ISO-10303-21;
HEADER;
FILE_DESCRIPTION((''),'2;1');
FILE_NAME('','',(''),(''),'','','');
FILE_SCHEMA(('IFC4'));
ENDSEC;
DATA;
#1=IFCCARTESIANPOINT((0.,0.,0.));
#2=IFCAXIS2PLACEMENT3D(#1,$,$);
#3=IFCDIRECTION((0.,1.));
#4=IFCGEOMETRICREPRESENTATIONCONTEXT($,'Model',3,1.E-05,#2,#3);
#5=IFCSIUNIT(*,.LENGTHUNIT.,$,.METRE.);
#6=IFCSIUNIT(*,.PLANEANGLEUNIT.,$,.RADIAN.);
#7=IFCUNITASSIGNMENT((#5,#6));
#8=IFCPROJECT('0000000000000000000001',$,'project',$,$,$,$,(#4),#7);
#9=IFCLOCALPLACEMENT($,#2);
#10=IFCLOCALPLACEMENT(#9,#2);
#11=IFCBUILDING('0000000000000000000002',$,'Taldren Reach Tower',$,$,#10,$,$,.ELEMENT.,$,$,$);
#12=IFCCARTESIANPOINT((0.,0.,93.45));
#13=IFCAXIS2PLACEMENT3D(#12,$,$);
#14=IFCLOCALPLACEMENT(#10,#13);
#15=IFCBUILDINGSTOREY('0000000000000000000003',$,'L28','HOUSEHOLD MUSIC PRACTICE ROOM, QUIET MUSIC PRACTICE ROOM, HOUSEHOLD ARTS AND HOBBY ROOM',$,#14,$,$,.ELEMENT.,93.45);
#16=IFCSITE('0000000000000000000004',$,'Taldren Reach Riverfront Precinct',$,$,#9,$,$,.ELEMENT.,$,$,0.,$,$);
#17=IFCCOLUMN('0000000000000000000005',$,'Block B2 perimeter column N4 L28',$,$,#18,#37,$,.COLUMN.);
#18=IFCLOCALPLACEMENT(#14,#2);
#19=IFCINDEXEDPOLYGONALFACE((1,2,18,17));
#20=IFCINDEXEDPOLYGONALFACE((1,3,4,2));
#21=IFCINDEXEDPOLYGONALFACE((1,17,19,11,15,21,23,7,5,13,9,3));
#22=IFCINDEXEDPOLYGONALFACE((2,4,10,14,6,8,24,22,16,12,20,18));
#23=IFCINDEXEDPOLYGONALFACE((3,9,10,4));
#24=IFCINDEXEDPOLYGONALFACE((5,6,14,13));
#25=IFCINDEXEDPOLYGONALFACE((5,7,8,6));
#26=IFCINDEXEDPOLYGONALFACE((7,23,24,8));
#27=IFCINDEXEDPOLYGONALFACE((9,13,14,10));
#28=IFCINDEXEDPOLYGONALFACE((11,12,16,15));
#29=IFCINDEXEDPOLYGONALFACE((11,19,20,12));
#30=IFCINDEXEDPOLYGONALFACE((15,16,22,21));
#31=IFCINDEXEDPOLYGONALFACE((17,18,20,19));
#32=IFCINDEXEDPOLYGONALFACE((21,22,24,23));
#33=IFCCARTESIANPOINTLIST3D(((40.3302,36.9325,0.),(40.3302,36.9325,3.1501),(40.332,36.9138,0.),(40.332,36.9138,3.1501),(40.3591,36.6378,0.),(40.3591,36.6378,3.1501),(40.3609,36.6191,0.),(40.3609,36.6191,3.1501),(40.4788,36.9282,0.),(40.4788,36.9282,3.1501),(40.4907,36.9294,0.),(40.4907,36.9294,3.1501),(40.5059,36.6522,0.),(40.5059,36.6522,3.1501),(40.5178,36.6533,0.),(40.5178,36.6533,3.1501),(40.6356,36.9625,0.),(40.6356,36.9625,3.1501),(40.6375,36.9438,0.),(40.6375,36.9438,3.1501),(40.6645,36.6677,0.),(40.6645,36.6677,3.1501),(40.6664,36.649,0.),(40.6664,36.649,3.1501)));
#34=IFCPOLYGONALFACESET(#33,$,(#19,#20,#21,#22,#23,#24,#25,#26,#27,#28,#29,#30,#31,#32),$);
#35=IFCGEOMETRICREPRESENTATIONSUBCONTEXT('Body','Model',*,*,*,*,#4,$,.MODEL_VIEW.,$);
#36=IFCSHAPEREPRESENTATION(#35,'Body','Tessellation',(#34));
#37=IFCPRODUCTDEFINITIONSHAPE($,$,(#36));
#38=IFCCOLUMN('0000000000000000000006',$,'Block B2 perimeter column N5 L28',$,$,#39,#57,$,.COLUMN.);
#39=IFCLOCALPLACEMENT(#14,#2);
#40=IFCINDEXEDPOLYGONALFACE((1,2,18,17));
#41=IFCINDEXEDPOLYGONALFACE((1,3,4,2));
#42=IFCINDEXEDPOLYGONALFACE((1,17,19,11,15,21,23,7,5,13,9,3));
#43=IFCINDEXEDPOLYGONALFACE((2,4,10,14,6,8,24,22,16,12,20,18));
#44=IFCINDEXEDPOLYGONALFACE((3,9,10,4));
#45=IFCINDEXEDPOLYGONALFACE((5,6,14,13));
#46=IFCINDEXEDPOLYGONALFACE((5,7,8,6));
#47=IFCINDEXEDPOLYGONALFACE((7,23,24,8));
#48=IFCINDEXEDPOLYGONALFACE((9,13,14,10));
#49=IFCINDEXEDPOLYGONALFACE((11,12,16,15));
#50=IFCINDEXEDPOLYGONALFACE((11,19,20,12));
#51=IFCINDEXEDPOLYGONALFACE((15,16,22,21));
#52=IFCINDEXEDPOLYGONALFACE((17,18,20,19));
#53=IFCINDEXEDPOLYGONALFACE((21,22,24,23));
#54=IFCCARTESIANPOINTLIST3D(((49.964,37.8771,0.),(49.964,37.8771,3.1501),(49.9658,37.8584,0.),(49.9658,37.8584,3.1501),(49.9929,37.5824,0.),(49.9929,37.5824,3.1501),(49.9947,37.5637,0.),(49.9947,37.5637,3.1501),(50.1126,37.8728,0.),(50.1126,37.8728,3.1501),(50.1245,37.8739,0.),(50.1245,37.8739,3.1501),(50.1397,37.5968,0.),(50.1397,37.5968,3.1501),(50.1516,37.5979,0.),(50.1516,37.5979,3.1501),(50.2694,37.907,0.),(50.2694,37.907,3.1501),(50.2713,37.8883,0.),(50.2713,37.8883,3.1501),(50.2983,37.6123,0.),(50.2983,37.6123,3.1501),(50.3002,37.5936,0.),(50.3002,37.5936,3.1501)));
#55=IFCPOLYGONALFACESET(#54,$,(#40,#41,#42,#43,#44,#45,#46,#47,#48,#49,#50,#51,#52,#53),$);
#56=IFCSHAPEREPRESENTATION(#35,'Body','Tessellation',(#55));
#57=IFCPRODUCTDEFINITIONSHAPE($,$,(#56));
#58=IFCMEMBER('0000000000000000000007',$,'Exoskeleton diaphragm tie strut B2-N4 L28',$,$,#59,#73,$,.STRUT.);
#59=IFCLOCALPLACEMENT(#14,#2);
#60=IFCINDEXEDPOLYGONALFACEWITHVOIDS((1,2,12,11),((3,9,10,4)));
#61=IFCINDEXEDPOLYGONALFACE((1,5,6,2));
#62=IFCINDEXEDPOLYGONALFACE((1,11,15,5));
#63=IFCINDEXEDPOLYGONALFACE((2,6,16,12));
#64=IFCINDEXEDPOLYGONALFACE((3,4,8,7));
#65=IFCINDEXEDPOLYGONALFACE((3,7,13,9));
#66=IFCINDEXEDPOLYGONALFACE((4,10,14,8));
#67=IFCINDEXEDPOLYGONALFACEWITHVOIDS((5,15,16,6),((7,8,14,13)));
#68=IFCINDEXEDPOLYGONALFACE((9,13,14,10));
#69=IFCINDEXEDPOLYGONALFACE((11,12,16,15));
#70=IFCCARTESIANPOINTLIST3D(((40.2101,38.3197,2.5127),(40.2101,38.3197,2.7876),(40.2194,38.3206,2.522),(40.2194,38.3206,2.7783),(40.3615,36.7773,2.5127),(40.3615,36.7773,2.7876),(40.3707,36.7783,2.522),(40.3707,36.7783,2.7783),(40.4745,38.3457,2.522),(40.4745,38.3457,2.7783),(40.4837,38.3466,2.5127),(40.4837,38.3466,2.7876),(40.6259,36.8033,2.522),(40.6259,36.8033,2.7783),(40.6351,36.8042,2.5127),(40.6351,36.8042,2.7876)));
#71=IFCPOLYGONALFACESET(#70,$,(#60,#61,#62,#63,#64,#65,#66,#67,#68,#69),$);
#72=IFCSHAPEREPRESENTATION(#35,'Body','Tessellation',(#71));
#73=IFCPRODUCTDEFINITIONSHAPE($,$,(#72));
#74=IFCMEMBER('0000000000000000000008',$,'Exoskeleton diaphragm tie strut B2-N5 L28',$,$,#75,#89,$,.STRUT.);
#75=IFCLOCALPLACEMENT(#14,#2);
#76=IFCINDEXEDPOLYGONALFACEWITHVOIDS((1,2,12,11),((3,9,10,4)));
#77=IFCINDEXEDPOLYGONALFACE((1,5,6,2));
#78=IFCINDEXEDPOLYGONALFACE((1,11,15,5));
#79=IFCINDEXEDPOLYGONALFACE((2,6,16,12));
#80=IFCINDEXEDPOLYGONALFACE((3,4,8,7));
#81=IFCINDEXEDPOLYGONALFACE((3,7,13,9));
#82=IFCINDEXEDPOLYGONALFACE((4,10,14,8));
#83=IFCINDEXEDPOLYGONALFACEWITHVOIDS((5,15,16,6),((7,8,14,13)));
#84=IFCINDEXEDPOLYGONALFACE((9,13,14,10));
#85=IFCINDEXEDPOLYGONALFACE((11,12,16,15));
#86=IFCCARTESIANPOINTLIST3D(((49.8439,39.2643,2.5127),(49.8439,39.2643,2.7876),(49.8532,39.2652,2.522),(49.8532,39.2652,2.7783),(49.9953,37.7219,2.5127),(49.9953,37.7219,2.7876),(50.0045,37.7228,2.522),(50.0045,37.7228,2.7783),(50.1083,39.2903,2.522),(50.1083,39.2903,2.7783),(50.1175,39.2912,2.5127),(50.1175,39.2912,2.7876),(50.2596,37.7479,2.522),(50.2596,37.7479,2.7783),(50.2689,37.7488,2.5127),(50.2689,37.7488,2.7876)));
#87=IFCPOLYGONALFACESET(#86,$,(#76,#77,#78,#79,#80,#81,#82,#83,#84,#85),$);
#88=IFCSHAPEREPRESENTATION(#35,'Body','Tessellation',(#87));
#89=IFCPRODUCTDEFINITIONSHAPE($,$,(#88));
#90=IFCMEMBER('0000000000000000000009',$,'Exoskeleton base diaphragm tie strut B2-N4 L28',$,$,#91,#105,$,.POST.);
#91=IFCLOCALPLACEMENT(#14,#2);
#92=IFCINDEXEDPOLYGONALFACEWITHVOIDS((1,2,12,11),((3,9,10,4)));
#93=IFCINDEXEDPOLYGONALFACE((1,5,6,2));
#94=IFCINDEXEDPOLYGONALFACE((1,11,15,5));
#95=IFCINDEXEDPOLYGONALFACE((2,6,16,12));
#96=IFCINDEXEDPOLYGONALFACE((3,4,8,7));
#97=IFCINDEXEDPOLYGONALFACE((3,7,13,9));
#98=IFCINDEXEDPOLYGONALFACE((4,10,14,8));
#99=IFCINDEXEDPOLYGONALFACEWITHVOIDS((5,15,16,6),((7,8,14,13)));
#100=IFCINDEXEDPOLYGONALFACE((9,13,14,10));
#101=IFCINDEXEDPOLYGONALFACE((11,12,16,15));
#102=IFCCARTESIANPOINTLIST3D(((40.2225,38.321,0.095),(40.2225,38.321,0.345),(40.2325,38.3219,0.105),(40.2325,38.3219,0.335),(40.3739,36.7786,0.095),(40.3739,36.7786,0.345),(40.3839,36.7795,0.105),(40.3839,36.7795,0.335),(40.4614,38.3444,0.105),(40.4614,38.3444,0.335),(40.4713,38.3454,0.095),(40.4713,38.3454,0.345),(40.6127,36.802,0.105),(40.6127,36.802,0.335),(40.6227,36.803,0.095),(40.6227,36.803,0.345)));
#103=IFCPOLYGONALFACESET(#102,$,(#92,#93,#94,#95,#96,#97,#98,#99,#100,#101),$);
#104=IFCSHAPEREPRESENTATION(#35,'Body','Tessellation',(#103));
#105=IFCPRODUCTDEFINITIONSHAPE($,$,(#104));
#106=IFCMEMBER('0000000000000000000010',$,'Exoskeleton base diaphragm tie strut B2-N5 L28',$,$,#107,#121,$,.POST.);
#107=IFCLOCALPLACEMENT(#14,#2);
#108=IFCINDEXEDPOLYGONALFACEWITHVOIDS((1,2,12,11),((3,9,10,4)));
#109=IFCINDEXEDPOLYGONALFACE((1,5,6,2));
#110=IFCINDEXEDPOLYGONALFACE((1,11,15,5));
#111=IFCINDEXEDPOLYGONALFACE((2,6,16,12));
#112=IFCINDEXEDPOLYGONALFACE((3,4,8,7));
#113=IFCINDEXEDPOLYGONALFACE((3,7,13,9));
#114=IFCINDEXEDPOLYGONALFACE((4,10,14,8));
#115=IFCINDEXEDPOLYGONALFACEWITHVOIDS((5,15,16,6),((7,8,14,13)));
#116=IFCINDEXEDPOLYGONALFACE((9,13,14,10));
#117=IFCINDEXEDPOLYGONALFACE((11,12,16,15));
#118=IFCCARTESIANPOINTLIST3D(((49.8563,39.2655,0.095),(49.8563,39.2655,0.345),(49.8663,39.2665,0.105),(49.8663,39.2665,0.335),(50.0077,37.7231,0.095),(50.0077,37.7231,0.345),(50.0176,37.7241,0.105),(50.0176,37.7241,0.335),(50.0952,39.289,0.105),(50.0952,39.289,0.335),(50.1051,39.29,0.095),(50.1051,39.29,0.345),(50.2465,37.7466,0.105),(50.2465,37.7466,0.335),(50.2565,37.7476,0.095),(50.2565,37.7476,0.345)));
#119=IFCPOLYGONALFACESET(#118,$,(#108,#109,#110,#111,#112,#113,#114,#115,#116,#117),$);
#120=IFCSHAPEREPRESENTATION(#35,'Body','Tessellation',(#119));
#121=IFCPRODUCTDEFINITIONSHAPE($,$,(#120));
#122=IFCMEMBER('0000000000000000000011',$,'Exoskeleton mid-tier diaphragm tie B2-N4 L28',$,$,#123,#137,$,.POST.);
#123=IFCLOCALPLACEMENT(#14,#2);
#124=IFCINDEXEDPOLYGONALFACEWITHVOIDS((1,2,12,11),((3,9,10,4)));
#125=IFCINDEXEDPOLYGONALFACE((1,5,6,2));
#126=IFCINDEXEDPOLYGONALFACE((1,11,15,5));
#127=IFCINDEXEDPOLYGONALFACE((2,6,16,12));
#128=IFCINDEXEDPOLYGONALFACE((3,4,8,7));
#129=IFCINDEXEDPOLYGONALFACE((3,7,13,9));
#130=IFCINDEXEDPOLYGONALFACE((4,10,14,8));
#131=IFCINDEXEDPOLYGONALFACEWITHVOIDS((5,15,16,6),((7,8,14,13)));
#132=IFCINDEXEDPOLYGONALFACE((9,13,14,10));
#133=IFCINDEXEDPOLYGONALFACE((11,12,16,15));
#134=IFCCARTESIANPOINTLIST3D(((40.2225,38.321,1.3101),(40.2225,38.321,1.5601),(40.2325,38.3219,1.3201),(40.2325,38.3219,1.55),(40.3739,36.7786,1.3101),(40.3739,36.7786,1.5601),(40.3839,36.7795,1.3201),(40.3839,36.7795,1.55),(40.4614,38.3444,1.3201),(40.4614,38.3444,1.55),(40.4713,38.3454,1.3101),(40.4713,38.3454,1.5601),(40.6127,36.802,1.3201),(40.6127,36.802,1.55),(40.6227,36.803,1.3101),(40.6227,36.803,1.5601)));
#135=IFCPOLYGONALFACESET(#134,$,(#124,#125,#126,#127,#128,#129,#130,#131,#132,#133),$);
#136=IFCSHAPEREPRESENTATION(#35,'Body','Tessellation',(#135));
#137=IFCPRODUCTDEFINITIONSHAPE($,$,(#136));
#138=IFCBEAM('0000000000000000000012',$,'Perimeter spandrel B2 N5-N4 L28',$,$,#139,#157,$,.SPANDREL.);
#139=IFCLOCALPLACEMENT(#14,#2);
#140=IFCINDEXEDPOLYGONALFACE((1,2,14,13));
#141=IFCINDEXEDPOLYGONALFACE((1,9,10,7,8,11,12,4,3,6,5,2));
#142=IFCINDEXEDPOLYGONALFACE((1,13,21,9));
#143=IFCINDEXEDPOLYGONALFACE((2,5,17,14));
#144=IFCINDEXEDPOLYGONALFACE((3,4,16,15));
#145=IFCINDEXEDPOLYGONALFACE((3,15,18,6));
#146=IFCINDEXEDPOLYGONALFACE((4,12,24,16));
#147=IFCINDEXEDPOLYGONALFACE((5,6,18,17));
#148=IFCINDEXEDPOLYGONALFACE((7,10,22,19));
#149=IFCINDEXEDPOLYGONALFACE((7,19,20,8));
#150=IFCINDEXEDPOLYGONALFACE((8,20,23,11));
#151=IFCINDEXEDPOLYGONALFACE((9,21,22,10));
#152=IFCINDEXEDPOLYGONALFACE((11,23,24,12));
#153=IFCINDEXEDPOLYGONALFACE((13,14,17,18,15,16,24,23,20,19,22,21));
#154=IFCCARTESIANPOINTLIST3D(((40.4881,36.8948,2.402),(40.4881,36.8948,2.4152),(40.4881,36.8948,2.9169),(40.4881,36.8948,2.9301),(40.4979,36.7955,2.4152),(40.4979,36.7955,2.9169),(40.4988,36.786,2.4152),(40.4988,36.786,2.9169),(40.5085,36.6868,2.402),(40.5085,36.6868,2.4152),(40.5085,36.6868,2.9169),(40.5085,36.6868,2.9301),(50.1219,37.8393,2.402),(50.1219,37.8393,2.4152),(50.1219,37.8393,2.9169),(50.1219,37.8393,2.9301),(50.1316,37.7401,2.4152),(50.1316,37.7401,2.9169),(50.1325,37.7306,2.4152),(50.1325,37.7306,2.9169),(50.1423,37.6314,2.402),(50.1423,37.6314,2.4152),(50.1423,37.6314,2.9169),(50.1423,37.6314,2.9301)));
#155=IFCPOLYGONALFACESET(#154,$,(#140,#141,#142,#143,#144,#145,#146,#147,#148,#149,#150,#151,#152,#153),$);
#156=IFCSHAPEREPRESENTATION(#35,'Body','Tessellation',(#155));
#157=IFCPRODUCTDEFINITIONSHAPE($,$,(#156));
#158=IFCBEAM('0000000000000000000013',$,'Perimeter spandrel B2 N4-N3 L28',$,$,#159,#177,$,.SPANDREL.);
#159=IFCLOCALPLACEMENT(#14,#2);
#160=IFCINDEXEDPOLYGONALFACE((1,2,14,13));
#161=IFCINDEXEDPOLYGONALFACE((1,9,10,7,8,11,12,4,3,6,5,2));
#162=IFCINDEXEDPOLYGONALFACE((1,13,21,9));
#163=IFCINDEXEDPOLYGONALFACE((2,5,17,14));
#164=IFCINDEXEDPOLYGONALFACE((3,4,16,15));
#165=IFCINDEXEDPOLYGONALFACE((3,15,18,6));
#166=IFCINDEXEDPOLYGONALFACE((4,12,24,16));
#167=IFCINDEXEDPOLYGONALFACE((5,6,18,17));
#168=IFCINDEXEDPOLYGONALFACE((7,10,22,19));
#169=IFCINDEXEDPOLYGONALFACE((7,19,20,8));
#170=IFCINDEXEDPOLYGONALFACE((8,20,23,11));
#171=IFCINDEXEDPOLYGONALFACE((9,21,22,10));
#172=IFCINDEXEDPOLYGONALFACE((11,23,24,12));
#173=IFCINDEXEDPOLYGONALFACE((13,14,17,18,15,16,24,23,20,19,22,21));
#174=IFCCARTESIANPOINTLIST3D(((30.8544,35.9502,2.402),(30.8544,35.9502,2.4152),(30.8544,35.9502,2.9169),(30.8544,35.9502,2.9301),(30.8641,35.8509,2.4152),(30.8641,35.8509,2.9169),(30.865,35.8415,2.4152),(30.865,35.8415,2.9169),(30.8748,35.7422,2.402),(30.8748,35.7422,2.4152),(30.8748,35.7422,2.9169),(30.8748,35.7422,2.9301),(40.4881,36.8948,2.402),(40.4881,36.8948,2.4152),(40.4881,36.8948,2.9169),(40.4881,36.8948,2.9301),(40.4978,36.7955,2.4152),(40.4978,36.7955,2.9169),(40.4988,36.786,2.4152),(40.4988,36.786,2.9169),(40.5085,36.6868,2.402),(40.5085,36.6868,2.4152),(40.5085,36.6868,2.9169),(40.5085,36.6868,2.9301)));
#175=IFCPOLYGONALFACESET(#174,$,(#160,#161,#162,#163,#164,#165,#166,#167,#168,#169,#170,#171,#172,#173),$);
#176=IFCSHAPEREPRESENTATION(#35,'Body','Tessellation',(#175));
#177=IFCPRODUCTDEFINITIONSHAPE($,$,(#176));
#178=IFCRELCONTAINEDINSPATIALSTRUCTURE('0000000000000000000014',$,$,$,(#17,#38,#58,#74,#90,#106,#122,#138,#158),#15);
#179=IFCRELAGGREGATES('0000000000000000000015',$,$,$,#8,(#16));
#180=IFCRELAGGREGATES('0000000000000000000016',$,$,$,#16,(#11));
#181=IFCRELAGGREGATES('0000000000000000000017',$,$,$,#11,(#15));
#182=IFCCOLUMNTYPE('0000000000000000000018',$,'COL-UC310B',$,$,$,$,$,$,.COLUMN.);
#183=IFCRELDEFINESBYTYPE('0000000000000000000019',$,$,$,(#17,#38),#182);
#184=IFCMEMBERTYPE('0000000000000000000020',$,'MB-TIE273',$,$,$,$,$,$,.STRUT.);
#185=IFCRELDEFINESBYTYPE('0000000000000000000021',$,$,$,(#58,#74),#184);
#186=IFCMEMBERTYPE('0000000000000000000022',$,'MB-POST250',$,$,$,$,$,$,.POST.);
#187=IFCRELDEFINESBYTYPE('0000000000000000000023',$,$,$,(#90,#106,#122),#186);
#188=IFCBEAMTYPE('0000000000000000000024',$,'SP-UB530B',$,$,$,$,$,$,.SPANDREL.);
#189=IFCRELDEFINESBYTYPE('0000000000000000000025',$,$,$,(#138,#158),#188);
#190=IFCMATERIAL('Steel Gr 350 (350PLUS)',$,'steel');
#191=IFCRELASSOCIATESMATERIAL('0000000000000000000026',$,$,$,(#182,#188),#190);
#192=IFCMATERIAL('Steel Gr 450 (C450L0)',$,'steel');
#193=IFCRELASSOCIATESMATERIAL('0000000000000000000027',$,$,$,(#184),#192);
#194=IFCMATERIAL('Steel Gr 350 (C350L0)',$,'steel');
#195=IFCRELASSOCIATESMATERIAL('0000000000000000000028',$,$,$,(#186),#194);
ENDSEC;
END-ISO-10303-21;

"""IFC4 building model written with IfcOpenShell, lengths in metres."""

from ifc_helpers import new_model, si_unit, direction, frame, origin, origin_2d, place, context, subcontext, project, spatial, hollow_rectangle, i_section, extrude, source, transform, mapped, material, material_profile, profile_set, type_object, element, save


model = new_model("IFC4")

# Units and contexts
model_context = context("Model", 3, precision=1e-05, world=origin(), true_north=direction((0.0, 1.0)))
body_context = subcontext(model_context, "Body", "Model", "MODEL_VIEW")
ifc_project = project(units=[si_unit("LENGTHUNIT", "METRE"), si_unit("PLANEANGLEUNIT", "RADIAN")], contexts=[model_context])

# Site, building, storey
site_placement = place(None, origin())
site = spatial("IfcSite", under=ifc_project, at=site_placement, Name="Taldren Reach Riverfront Precinct", CompositionType="ELEMENT", RefElevation=0.0)
building_placement = place(site_placement, origin())
building = spatial("IfcBuilding", under=site, at=building_placement, Name="Taldren Reach Tower", CompositionType="ELEMENT")
storey_placement = place(building_placement, frame((0.0, 0.0, 93.45)))
storey = spatial("IfcBuildingStorey", under=building, at=storey_placement, Name="L28", Description="HOUSEHOLD MUSIC PRACTICE ROOM, QUIET MUSIC PRACTICE ROOM, HOUSEHOLD ARTS AND HOBBY ROOM", CompositionType="ELEMENT", Elevation=93.45)

# Columns
ifc_material_1 = material(Name="Steel Gr 350 (350PLUS)", Category="steel")
ifc_material_profile_1 = material_profile(ifc_material_1, i_section(OverallWidth=0.3069, OverallDepth=0.3149, WebThickness=0.012, FlangeThickness=0.0188, at=origin_2d()), Name="310UC118")
ifc_profile_set_1 = profile_set([ifc_material_profile_1], Name="Steel Gr 350 (350PLUS)")
column_type = type_object("IfcColumnType", Name="COL-UC310B", PredefinedType="COLUMN", material=ifc_profile_set_1)
shared_shape_1 = source(origin(), body_context, "Body", "SweptSolid", [
    extrude(i_section(OverallWidth=0.3069, OverallDepth=0.3149, WebThickness=0.012, FlangeThickness=0.0188, at=origin_2d()), origin(), (0.0, 0.0, 1.0), 3.1501),
])
for number, where, z_axis, x_axis, name in (
    (1, (40.4983, 36.7908, 0.0), (0.0, 0.0, 1.0), (0.995227, 0.097583, 0.0), "Block B2 perimeter column N4 L28"),
    (2, (50.1321, 37.7354, 0.0), (0.0, 0.0, 1.0), (0.995227, 0.097583, 0.0), "Block B2 perimeter column N5 L28"),
):
    element("IfcColumn", number, at=place(storey_placement, frame(where, z_axis=z_axis, x_axis=x_axis)), inside=storey, type_object=column_type, Name=name, PredefinedType="COLUMN", context=body_context, shape_type="MappedRepresentation", body=[
        mapped(shared_shape_1, transform((0.0, 0.0, 0.0), scale=1.0)),
    ])

# Members
ifc_material_2 = material(Name="Steel Gr 450 (C450L0)", Category="steel")
ifc_material_profile_2 = material_profile(ifc_material_2, hollow_rectangle(XDim=0.2749, YDim=0.2749, WallThickness=0.0093, at=origin_2d()), Name="275x275x9.3SHS")
ifc_profile_set_2 = profile_set([ifc_material_profile_2], Name="Steel Gr 450 (C450L0)")
member_type_1 = type_object("IfcMemberType", Name="MB-TIE273", PredefinedType="STRUT", material=ifc_profile_set_2)
shared_shape_2 = source(origin(), body_context, "Body", "SweptSolid", [
    extrude(hollow_rectangle(XDim=0.2749, YDim=0.2749, WallThickness=0.0093, at=origin_2d()), origin(), (0.0, 0.0, 1.0), 1.5498),
])
for number, where, z_axis, x_axis, name in (
    (3, (40.4983, 36.7908, 2.6501), (-0.097663, 0.99522, 0.0), (-0.99522, -0.097663, 0.0), "Exoskeleton diaphragm tie strut B2-N4 L28"),
    (4, (50.1321, 37.7354, 2.6501), (-0.097663, 0.99522, 0.0), (-0.99522, -0.097663, 0.0), "Exoskeleton diaphragm tie strut B2-N5 L28"),
):
    element("IfcMember", number, at=place(storey_placement, frame(where, z_axis=z_axis, x_axis=x_axis)), inside=storey, type_object=member_type_1, Name=name, PredefinedType="STRUT", context=body_context, shape_type="MappedRepresentation", body=[
        mapped(shared_shape_2, transform((0.0, 0.0, 0.0), scale=1.0)),
    ])
ifc_material_3 = material(Name="Steel Gr 350 (C350L0)", Category="steel")
ifc_material_profile_3 = material_profile(ifc_material_3, hollow_rectangle(XDim=0.25, YDim=0.25, WallThickness=0.01, at=origin_2d()), Name="250x250x10.0SHS")
ifc_profile_set_3 = profile_set([ifc_material_profile_3], Name="Steel Gr 350 (C350L0)")
member_type_2 = type_object("IfcMemberType", Name="MB-POST250", PredefinedType="POST", material=ifc_profile_set_3)
shared_shape_3 = source(origin(), body_context, "Body", "SweptSolid", [
    extrude(hollow_rectangle(XDim=0.25, YDim=0.25, WallThickness=0.01, at=origin_2d()), origin(), (0.0, 0.0, 1.0), 1.5498),
])
for number, where, z_axis, x_axis, name in (
    (5, (40.4983, 36.7908, 0.22), (-0.097663, 0.99522, 0.0), (-0.99522, -0.097663, 0.0), "Exoskeleton base diaphragm tie strut B2-N4 L28"),
    (6, (50.1321, 37.7354, 0.22), (-0.097663, 0.99522, 0.0), (-0.99522, -0.097663, 0.0), "Exoskeleton base diaphragm tie strut B2-N5 L28"),
    (7, (40.4983, 36.7908, 1.4351), (-0.097663, 0.99522, 0.0), (-0.99522, -0.097663, 0.0), "Exoskeleton mid-tier diaphragm tie B2-N4 L28"),
):
    element("IfcMember", number, at=place(storey_placement, frame(where, z_axis=z_axis, x_axis=x_axis)), inside=storey, type_object=member_type_2, Name=name, PredefinedType="POST", context=body_context, shape_type="MappedRepresentation", body=[
        mapped(shared_shape_3, transform((0.0, 0.0, 0.0), scale=1.0)),
    ])

# Beams
ifc_material_profile_4 = material_profile(ifc_material_1, i_section(OverallWidth=0.209, OverallDepth=0.5281, WebThickness=0.0095, FlangeThickness=0.0132, at=origin_2d()), Name="530UB82.0")
ifc_profile_set_4 = profile_set([ifc_material_profile_4], Name="Steel Gr 350 (350PLUS)")
beam_type = type_object("IfcBeamType", Name="SP-UB530B", PredefinedType="SPANDREL", material=ifc_profile_set_4)
shared_shape_4 = source(origin(), body_context, "Body", "SweptSolid", [
    extrude(i_section(OverallWidth=0.209, OverallDepth=0.5281, WebThickness=0.0095, FlangeThickness=0.0132, at=origin_2d()), origin(), (0.0, 0.0, 1.0), 9.6799),
])
for number, where, z_axis, x_axis, name in (
    (8, (50.1321, 37.7354, 2.666), (-0.995228, -0.097581, 0.0), (0.097581, -0.995228, 0.0), "Perimeter spandrel B2 N5-N4 L28"),
    (9, (40.4983, 36.7908, 2.666), (-0.995228, -0.097581, 0.0), (0.097581, -0.995228, 0.0), "Perimeter spandrel B2 N4-N3 L28"),
):
    element("IfcBeam", number, at=place(storey_placement, frame(where, z_axis=z_axis, x_axis=x_axis)), inside=storey, type_object=beam_type, Name=name, PredefinedType="SPANDREL", context=body_context, shape_type="MappedRepresentation", body=[
        mapped(shared_shape_4, transform((0.0, 0.0, 0.0), scale=1.0)),
    ])

save(model, "model.ifc")
